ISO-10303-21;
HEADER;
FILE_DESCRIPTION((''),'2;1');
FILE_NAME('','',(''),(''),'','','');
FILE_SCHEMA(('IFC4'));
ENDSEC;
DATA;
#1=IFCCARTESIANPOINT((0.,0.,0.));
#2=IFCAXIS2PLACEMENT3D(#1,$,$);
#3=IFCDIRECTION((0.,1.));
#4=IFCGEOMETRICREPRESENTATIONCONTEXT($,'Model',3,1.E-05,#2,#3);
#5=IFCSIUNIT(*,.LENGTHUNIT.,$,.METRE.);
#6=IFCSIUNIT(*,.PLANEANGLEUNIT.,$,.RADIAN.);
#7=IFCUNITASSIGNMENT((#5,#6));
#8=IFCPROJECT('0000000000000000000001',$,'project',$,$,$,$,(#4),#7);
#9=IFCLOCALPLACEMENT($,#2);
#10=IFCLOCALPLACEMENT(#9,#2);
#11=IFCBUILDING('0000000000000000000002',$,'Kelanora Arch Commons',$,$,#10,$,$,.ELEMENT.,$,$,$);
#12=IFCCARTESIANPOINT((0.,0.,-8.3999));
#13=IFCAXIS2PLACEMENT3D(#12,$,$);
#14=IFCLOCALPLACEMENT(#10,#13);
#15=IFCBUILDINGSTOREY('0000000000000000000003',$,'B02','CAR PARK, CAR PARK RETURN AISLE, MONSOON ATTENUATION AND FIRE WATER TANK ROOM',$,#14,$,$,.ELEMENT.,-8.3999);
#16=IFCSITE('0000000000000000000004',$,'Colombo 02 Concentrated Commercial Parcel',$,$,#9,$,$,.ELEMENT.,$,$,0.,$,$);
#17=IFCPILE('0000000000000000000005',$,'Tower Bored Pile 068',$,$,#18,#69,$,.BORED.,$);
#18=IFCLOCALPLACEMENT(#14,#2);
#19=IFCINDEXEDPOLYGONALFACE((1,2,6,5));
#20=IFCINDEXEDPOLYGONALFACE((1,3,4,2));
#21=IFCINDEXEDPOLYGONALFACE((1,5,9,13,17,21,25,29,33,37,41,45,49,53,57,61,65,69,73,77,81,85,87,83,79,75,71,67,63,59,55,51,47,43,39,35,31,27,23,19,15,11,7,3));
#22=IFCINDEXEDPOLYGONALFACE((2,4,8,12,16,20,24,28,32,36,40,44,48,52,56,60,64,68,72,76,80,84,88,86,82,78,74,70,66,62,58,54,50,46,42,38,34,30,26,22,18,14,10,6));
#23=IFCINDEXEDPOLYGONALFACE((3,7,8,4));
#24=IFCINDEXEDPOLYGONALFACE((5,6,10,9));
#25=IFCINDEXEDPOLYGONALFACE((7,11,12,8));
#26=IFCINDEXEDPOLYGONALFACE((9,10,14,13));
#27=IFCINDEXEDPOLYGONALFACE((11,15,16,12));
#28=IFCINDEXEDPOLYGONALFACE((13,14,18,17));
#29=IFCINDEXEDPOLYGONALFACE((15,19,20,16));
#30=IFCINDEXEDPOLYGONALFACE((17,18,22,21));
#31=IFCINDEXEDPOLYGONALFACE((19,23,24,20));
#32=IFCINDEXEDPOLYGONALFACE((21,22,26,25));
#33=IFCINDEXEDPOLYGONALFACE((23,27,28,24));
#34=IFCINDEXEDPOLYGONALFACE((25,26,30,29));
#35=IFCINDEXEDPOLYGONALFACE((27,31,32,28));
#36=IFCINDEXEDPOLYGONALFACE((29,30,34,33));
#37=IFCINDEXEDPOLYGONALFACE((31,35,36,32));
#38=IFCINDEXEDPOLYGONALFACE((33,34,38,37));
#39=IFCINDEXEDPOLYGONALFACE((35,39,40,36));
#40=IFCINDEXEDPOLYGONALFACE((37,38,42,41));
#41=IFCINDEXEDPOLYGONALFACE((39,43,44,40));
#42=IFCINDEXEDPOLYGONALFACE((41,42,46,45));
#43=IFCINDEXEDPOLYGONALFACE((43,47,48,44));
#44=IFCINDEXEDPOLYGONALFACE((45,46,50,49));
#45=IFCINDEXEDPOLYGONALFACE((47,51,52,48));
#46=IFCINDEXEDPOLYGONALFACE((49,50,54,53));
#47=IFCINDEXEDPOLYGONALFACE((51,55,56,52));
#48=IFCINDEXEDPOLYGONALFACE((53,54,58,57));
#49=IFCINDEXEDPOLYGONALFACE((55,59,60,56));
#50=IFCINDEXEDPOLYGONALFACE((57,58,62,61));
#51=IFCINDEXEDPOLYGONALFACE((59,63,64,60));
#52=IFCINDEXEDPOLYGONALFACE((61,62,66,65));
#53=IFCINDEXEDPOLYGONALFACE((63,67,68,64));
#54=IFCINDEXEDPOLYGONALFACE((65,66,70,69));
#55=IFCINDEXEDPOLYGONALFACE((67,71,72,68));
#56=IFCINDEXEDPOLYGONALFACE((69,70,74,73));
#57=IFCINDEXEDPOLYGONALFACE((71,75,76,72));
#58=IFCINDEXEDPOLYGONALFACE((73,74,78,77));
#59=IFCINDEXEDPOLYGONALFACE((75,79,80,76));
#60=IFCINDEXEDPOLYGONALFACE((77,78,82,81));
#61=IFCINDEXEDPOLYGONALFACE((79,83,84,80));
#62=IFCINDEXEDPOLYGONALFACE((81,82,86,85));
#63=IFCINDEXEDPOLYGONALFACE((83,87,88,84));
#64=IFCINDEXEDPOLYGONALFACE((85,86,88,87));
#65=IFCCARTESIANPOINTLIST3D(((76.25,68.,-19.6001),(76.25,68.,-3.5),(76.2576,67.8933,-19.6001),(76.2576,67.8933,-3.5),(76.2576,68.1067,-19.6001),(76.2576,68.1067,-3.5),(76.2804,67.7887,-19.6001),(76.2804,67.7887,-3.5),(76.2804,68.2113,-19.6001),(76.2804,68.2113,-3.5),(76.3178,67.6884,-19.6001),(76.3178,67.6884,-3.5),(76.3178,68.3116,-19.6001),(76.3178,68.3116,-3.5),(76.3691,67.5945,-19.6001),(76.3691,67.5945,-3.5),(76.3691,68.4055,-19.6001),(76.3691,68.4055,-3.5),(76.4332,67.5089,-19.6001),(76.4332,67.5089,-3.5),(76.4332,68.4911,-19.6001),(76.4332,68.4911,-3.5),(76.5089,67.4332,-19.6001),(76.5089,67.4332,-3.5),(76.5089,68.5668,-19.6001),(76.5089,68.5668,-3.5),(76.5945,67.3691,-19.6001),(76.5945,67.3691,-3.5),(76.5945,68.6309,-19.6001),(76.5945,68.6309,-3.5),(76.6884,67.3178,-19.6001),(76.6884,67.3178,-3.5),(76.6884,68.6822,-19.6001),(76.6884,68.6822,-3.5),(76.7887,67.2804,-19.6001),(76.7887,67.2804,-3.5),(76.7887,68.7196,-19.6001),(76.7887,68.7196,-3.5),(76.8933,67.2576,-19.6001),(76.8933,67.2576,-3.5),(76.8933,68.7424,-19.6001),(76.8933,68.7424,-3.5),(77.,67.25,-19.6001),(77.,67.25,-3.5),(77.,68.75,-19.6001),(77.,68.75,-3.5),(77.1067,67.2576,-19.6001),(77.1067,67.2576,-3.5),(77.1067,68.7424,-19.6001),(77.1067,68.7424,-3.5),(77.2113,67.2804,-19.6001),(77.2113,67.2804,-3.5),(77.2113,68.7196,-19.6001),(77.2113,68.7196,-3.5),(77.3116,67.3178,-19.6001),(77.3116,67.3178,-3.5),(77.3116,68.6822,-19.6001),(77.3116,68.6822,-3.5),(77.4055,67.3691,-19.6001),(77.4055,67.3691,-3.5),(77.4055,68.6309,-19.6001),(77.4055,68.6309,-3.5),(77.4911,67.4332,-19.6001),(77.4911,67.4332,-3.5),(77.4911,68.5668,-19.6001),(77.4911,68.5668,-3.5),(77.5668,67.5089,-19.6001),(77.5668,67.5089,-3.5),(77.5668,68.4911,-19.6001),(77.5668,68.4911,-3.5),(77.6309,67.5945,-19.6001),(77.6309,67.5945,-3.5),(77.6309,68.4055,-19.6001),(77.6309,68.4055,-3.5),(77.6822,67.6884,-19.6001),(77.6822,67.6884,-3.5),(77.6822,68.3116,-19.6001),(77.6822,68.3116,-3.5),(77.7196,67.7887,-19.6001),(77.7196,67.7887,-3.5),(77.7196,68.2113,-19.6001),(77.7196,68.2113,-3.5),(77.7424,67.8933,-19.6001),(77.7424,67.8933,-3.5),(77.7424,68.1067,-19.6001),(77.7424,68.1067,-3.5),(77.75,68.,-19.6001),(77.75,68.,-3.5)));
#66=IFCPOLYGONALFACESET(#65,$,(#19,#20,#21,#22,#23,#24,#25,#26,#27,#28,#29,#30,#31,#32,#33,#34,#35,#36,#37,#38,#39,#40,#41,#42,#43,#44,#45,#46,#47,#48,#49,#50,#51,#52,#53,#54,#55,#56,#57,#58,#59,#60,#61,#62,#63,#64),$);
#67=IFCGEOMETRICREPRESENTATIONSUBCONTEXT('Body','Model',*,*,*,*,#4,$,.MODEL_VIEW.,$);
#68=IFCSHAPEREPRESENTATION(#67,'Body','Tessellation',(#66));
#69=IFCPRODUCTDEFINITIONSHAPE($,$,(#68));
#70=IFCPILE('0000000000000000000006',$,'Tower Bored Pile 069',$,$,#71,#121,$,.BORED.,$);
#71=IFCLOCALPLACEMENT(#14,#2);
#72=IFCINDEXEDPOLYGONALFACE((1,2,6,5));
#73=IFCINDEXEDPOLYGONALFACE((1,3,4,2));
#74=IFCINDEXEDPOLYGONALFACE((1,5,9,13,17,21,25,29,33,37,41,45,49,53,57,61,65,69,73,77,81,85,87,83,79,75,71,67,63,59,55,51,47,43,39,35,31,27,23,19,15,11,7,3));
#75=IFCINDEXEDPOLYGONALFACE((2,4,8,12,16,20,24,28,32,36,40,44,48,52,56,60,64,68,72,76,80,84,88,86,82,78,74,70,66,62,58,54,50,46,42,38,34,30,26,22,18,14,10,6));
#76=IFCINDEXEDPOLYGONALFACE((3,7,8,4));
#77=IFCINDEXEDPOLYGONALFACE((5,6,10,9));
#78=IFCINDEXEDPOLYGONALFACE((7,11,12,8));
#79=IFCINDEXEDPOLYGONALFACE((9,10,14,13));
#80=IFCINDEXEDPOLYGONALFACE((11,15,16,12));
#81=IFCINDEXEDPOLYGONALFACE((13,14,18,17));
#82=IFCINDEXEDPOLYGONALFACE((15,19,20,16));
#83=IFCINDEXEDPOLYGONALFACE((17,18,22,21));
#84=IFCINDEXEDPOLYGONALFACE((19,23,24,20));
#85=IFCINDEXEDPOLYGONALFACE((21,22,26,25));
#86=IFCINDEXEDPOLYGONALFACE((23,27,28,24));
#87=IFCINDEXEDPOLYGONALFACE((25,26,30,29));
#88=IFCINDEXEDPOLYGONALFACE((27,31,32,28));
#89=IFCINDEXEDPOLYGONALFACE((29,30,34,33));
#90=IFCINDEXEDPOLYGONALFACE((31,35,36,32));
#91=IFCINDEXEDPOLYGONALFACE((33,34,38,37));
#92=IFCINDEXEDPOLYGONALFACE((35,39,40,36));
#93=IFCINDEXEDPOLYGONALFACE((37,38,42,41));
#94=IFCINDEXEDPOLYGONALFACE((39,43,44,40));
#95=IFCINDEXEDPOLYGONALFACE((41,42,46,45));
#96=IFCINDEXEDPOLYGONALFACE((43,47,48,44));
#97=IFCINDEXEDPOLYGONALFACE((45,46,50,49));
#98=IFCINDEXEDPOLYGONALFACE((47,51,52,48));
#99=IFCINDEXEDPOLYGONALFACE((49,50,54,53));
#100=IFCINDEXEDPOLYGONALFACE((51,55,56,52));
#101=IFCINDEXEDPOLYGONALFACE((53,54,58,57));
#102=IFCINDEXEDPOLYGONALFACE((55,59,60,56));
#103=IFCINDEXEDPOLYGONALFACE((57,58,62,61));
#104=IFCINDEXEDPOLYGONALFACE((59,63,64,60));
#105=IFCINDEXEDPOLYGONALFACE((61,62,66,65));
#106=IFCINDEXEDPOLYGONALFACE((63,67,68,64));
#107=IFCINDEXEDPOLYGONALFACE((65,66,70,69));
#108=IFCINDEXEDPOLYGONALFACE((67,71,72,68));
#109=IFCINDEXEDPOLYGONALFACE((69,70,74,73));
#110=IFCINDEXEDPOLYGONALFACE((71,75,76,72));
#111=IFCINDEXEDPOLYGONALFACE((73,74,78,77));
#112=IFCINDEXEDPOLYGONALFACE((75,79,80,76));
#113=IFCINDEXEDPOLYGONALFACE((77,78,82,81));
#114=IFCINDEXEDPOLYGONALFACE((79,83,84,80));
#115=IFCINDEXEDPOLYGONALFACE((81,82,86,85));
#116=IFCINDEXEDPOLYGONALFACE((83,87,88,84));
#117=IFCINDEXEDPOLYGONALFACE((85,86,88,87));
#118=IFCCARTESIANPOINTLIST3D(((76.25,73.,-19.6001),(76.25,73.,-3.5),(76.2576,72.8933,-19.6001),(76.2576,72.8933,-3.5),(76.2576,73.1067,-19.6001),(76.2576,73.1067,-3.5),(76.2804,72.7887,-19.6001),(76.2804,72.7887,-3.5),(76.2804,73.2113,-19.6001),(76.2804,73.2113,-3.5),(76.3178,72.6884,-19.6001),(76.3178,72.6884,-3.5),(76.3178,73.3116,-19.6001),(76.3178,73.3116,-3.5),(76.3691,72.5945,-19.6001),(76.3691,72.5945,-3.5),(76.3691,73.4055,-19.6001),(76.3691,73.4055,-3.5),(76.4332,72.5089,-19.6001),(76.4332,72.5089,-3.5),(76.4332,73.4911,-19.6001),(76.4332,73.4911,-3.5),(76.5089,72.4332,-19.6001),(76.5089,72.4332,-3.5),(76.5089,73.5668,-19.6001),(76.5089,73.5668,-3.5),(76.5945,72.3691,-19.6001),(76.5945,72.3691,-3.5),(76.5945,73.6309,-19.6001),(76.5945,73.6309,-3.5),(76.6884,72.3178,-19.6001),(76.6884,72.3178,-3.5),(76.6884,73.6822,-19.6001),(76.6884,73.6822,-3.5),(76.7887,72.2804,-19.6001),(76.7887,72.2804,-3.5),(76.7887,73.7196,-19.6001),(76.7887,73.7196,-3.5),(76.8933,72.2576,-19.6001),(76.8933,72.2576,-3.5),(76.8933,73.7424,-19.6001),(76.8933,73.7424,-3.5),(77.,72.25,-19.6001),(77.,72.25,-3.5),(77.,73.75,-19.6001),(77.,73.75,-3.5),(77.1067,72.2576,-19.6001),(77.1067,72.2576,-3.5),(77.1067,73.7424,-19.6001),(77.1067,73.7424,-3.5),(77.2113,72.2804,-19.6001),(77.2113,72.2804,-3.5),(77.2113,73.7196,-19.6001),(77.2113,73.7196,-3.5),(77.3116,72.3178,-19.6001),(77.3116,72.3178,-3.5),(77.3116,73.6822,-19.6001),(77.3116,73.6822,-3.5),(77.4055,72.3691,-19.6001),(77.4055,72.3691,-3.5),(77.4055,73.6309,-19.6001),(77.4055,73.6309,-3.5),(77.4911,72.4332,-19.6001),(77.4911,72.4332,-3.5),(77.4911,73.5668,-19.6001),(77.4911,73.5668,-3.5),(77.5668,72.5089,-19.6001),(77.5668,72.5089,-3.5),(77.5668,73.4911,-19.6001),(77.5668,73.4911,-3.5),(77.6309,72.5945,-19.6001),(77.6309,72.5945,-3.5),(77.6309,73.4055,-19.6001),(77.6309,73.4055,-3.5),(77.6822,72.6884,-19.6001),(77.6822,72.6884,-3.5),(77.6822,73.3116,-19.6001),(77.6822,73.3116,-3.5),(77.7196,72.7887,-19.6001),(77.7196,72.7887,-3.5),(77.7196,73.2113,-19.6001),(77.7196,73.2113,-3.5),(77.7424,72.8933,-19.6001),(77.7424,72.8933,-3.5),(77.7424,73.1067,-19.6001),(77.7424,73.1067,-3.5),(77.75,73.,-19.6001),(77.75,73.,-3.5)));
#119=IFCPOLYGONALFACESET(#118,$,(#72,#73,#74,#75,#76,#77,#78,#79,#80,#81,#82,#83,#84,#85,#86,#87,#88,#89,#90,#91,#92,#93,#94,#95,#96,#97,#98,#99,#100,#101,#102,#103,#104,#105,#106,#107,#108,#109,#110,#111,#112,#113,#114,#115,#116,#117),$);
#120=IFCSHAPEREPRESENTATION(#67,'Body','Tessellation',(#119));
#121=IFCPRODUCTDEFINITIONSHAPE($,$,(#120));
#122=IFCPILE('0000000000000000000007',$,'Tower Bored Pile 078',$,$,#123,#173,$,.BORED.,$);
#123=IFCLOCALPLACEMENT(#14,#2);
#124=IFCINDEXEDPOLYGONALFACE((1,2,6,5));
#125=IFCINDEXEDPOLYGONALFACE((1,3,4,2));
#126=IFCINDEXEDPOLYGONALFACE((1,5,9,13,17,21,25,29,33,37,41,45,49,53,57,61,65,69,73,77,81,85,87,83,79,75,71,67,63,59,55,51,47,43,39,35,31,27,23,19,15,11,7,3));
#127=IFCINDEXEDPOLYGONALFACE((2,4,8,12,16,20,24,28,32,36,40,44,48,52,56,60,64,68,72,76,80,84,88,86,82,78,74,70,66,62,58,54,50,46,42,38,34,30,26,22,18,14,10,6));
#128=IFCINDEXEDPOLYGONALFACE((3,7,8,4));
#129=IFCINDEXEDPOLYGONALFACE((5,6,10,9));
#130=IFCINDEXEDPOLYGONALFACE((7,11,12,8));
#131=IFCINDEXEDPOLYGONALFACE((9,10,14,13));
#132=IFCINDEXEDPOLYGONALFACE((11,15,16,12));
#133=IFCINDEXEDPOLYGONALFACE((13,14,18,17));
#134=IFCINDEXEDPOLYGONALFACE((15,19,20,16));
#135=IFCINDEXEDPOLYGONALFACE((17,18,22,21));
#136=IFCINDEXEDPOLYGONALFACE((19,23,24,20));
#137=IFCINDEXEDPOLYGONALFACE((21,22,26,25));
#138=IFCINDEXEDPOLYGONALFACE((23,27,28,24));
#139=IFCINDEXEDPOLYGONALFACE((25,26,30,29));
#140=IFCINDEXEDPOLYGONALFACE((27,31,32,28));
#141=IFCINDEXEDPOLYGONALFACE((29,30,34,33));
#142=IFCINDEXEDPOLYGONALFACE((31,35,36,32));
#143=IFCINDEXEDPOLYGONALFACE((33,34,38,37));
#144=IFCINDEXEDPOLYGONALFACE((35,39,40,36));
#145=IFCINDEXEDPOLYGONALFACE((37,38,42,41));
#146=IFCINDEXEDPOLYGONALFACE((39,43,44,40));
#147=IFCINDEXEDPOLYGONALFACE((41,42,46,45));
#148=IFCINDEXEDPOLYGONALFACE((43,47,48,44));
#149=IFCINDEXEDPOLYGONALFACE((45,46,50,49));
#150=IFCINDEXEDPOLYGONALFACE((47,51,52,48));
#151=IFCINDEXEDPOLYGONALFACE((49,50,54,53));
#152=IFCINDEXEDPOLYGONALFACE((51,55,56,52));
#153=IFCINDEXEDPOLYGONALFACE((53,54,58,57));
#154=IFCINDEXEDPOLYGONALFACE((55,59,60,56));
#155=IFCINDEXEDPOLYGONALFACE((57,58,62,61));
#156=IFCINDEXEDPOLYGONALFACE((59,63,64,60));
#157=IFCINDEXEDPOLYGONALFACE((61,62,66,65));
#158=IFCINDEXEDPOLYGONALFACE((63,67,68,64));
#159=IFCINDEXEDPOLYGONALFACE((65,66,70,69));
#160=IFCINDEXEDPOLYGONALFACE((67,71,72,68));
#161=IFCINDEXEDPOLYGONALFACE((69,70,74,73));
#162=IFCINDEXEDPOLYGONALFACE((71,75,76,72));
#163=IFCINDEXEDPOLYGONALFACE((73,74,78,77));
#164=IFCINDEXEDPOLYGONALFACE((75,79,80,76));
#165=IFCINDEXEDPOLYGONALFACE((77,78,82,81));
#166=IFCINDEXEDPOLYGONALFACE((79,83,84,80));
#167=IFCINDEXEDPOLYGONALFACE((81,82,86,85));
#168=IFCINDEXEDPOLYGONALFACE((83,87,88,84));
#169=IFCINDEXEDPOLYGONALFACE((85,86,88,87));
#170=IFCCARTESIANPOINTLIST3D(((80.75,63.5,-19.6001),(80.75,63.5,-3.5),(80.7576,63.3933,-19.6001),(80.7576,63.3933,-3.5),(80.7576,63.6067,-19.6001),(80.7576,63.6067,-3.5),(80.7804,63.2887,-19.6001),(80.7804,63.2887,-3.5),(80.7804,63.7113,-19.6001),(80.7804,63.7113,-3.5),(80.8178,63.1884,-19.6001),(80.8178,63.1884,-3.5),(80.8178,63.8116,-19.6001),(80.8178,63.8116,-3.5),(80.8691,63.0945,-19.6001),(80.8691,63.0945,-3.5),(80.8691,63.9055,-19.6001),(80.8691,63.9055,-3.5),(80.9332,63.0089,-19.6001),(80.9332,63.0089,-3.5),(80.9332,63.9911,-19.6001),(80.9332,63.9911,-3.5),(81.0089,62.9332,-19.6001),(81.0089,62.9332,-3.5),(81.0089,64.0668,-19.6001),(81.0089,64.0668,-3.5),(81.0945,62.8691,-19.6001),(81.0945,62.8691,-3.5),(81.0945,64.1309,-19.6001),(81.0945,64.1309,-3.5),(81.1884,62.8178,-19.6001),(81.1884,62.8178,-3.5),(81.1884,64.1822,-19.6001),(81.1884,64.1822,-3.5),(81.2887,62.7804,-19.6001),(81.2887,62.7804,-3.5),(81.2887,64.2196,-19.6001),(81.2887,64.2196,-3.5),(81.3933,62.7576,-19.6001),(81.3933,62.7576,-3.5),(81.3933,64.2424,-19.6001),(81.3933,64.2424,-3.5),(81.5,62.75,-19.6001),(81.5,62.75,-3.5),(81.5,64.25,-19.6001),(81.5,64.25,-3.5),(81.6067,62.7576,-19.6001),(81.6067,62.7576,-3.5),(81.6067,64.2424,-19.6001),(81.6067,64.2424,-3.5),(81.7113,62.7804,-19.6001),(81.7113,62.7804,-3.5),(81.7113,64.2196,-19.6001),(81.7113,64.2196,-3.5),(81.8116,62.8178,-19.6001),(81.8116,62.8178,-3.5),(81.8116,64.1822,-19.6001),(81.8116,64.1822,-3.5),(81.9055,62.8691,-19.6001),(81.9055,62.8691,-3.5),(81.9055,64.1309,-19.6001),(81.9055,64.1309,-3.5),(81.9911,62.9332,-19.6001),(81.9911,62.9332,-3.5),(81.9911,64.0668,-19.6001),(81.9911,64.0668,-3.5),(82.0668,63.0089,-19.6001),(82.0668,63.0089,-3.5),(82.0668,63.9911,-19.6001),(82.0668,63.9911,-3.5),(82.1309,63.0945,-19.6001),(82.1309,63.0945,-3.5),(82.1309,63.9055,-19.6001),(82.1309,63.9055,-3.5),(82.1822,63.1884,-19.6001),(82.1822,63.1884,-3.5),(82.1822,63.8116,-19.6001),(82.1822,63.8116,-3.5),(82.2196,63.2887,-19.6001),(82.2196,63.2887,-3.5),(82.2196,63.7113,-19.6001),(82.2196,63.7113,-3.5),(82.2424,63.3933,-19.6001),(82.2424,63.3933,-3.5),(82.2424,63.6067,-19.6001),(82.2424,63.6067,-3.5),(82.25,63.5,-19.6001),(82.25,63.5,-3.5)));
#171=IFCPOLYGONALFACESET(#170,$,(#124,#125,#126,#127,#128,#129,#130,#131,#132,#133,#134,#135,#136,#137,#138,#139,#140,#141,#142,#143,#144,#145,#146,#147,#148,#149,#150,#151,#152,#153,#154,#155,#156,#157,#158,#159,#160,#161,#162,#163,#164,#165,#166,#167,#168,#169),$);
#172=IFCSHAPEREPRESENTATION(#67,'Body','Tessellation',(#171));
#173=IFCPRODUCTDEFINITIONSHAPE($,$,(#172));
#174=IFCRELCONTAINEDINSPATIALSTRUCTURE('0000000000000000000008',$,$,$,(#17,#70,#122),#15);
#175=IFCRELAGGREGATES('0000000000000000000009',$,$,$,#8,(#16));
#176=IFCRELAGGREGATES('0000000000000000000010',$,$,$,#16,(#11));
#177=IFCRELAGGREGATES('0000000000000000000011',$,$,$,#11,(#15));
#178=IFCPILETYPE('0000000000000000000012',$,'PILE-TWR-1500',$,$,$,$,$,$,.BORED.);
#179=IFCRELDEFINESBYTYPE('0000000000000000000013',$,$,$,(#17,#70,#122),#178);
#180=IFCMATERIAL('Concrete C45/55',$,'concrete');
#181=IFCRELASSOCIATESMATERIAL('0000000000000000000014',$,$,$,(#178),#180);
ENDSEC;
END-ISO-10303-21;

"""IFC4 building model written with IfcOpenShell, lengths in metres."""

from ifc_helpers import new_model, si_unit, direction, frame, origin, origin_2d, place, context, subcontext, project, spatial, circle, extrude, source, transform, mapped, material, material_profile, profile_set, type_object, element, save


model = new_model("IFC4")

# Units and contexts
model_context = context("Model", 3, precision=1e-05, world=origin(), true_north=direction((0.0, 1.0)))
body_context = subcontext(model_context, "Body", "Model", "MODEL_VIEW")
ifc_project = project(units=[si_unit("LENGTHUNIT", "METRE"), si_unit("PLANEANGLEUNIT", "RADIAN")], contexts=[model_context])

# Site, building, storey
site_placement = place(None, origin())
site = spatial("IfcSite", under=ifc_project, at=site_placement, Name="Colombo 02 Concentrated Commercial Parcel", CompositionType="ELEMENT", RefElevation=0.0)
building_placement = place(site_placement, origin())
building = spatial("IfcBuilding", under=site, at=building_placement, Name="Kelanora Arch Commons", CompositionType="ELEMENT")
storey_placement = place(building_placement, frame((0.0, 0.0, -8.3999)))
storey = spatial("IfcBuildingStorey", under=building, at=storey_placement, Name="B02", Description="CAR PARK, CAR PARK RETURN AISLE, MONSOON ATTENUATION AND FIRE WATER TANK ROOM", CompositionType="ELEMENT", Elevation=-8.3999)

# Piles
ifc_material_1 = material(Name="Concrete C45/55", Category="concrete")
ifc_material_profile_1 = material_profile(ifc_material_1, circle(Radius=0.75, at=origin_2d()), Name="PILE1500")
ifc_profile_set_1 = profile_set([ifc_material_profile_1], Name="Concrete C45/55")
pile_type = type_object("IfcPileType", Name="PILE-TWR-1500", PredefinedType="BORED", material=ifc_profile_set_1)
shared_shape = source(origin(), body_context, "Body", "SweptSolid", [
    extrude(circle(Radius=0.75, at=origin_2d()), origin(), (0.0, 0.0, 1.0), 16.1001),
])
for number, where, z_axis, x_axis, name in (
    (1, (77.0, 68.0, -3.5), (0.0, 0.0, -1.0), (1.0, 0.0, 0.0), "Tower Bored Pile 068"),
    (2, (77.0, 73.0, -3.5), (0.0, 0.0, -1.0), (1.0, 0.0, 0.0), "Tower Bored Pile 069"),
    (3, (81.5, 63.5, -3.5), (0.0, 0.0, -1.0), (1.0, 0.0, 0.0), "Tower Bored Pile 078"),
):
    element("IfcPile", number, at=place(storey_placement, frame(where, z_axis=z_axis, x_axis=x_axis)), inside=storey, type_object=pile_type, Name=name, PredefinedType="BORED", context=body_context, shape_type="MappedRepresentation", body=[
        mapped(shared_shape, transform((0.0, 0.0, 0.0), scale=1.0)),
    ])

save(model, "model.ifc")
